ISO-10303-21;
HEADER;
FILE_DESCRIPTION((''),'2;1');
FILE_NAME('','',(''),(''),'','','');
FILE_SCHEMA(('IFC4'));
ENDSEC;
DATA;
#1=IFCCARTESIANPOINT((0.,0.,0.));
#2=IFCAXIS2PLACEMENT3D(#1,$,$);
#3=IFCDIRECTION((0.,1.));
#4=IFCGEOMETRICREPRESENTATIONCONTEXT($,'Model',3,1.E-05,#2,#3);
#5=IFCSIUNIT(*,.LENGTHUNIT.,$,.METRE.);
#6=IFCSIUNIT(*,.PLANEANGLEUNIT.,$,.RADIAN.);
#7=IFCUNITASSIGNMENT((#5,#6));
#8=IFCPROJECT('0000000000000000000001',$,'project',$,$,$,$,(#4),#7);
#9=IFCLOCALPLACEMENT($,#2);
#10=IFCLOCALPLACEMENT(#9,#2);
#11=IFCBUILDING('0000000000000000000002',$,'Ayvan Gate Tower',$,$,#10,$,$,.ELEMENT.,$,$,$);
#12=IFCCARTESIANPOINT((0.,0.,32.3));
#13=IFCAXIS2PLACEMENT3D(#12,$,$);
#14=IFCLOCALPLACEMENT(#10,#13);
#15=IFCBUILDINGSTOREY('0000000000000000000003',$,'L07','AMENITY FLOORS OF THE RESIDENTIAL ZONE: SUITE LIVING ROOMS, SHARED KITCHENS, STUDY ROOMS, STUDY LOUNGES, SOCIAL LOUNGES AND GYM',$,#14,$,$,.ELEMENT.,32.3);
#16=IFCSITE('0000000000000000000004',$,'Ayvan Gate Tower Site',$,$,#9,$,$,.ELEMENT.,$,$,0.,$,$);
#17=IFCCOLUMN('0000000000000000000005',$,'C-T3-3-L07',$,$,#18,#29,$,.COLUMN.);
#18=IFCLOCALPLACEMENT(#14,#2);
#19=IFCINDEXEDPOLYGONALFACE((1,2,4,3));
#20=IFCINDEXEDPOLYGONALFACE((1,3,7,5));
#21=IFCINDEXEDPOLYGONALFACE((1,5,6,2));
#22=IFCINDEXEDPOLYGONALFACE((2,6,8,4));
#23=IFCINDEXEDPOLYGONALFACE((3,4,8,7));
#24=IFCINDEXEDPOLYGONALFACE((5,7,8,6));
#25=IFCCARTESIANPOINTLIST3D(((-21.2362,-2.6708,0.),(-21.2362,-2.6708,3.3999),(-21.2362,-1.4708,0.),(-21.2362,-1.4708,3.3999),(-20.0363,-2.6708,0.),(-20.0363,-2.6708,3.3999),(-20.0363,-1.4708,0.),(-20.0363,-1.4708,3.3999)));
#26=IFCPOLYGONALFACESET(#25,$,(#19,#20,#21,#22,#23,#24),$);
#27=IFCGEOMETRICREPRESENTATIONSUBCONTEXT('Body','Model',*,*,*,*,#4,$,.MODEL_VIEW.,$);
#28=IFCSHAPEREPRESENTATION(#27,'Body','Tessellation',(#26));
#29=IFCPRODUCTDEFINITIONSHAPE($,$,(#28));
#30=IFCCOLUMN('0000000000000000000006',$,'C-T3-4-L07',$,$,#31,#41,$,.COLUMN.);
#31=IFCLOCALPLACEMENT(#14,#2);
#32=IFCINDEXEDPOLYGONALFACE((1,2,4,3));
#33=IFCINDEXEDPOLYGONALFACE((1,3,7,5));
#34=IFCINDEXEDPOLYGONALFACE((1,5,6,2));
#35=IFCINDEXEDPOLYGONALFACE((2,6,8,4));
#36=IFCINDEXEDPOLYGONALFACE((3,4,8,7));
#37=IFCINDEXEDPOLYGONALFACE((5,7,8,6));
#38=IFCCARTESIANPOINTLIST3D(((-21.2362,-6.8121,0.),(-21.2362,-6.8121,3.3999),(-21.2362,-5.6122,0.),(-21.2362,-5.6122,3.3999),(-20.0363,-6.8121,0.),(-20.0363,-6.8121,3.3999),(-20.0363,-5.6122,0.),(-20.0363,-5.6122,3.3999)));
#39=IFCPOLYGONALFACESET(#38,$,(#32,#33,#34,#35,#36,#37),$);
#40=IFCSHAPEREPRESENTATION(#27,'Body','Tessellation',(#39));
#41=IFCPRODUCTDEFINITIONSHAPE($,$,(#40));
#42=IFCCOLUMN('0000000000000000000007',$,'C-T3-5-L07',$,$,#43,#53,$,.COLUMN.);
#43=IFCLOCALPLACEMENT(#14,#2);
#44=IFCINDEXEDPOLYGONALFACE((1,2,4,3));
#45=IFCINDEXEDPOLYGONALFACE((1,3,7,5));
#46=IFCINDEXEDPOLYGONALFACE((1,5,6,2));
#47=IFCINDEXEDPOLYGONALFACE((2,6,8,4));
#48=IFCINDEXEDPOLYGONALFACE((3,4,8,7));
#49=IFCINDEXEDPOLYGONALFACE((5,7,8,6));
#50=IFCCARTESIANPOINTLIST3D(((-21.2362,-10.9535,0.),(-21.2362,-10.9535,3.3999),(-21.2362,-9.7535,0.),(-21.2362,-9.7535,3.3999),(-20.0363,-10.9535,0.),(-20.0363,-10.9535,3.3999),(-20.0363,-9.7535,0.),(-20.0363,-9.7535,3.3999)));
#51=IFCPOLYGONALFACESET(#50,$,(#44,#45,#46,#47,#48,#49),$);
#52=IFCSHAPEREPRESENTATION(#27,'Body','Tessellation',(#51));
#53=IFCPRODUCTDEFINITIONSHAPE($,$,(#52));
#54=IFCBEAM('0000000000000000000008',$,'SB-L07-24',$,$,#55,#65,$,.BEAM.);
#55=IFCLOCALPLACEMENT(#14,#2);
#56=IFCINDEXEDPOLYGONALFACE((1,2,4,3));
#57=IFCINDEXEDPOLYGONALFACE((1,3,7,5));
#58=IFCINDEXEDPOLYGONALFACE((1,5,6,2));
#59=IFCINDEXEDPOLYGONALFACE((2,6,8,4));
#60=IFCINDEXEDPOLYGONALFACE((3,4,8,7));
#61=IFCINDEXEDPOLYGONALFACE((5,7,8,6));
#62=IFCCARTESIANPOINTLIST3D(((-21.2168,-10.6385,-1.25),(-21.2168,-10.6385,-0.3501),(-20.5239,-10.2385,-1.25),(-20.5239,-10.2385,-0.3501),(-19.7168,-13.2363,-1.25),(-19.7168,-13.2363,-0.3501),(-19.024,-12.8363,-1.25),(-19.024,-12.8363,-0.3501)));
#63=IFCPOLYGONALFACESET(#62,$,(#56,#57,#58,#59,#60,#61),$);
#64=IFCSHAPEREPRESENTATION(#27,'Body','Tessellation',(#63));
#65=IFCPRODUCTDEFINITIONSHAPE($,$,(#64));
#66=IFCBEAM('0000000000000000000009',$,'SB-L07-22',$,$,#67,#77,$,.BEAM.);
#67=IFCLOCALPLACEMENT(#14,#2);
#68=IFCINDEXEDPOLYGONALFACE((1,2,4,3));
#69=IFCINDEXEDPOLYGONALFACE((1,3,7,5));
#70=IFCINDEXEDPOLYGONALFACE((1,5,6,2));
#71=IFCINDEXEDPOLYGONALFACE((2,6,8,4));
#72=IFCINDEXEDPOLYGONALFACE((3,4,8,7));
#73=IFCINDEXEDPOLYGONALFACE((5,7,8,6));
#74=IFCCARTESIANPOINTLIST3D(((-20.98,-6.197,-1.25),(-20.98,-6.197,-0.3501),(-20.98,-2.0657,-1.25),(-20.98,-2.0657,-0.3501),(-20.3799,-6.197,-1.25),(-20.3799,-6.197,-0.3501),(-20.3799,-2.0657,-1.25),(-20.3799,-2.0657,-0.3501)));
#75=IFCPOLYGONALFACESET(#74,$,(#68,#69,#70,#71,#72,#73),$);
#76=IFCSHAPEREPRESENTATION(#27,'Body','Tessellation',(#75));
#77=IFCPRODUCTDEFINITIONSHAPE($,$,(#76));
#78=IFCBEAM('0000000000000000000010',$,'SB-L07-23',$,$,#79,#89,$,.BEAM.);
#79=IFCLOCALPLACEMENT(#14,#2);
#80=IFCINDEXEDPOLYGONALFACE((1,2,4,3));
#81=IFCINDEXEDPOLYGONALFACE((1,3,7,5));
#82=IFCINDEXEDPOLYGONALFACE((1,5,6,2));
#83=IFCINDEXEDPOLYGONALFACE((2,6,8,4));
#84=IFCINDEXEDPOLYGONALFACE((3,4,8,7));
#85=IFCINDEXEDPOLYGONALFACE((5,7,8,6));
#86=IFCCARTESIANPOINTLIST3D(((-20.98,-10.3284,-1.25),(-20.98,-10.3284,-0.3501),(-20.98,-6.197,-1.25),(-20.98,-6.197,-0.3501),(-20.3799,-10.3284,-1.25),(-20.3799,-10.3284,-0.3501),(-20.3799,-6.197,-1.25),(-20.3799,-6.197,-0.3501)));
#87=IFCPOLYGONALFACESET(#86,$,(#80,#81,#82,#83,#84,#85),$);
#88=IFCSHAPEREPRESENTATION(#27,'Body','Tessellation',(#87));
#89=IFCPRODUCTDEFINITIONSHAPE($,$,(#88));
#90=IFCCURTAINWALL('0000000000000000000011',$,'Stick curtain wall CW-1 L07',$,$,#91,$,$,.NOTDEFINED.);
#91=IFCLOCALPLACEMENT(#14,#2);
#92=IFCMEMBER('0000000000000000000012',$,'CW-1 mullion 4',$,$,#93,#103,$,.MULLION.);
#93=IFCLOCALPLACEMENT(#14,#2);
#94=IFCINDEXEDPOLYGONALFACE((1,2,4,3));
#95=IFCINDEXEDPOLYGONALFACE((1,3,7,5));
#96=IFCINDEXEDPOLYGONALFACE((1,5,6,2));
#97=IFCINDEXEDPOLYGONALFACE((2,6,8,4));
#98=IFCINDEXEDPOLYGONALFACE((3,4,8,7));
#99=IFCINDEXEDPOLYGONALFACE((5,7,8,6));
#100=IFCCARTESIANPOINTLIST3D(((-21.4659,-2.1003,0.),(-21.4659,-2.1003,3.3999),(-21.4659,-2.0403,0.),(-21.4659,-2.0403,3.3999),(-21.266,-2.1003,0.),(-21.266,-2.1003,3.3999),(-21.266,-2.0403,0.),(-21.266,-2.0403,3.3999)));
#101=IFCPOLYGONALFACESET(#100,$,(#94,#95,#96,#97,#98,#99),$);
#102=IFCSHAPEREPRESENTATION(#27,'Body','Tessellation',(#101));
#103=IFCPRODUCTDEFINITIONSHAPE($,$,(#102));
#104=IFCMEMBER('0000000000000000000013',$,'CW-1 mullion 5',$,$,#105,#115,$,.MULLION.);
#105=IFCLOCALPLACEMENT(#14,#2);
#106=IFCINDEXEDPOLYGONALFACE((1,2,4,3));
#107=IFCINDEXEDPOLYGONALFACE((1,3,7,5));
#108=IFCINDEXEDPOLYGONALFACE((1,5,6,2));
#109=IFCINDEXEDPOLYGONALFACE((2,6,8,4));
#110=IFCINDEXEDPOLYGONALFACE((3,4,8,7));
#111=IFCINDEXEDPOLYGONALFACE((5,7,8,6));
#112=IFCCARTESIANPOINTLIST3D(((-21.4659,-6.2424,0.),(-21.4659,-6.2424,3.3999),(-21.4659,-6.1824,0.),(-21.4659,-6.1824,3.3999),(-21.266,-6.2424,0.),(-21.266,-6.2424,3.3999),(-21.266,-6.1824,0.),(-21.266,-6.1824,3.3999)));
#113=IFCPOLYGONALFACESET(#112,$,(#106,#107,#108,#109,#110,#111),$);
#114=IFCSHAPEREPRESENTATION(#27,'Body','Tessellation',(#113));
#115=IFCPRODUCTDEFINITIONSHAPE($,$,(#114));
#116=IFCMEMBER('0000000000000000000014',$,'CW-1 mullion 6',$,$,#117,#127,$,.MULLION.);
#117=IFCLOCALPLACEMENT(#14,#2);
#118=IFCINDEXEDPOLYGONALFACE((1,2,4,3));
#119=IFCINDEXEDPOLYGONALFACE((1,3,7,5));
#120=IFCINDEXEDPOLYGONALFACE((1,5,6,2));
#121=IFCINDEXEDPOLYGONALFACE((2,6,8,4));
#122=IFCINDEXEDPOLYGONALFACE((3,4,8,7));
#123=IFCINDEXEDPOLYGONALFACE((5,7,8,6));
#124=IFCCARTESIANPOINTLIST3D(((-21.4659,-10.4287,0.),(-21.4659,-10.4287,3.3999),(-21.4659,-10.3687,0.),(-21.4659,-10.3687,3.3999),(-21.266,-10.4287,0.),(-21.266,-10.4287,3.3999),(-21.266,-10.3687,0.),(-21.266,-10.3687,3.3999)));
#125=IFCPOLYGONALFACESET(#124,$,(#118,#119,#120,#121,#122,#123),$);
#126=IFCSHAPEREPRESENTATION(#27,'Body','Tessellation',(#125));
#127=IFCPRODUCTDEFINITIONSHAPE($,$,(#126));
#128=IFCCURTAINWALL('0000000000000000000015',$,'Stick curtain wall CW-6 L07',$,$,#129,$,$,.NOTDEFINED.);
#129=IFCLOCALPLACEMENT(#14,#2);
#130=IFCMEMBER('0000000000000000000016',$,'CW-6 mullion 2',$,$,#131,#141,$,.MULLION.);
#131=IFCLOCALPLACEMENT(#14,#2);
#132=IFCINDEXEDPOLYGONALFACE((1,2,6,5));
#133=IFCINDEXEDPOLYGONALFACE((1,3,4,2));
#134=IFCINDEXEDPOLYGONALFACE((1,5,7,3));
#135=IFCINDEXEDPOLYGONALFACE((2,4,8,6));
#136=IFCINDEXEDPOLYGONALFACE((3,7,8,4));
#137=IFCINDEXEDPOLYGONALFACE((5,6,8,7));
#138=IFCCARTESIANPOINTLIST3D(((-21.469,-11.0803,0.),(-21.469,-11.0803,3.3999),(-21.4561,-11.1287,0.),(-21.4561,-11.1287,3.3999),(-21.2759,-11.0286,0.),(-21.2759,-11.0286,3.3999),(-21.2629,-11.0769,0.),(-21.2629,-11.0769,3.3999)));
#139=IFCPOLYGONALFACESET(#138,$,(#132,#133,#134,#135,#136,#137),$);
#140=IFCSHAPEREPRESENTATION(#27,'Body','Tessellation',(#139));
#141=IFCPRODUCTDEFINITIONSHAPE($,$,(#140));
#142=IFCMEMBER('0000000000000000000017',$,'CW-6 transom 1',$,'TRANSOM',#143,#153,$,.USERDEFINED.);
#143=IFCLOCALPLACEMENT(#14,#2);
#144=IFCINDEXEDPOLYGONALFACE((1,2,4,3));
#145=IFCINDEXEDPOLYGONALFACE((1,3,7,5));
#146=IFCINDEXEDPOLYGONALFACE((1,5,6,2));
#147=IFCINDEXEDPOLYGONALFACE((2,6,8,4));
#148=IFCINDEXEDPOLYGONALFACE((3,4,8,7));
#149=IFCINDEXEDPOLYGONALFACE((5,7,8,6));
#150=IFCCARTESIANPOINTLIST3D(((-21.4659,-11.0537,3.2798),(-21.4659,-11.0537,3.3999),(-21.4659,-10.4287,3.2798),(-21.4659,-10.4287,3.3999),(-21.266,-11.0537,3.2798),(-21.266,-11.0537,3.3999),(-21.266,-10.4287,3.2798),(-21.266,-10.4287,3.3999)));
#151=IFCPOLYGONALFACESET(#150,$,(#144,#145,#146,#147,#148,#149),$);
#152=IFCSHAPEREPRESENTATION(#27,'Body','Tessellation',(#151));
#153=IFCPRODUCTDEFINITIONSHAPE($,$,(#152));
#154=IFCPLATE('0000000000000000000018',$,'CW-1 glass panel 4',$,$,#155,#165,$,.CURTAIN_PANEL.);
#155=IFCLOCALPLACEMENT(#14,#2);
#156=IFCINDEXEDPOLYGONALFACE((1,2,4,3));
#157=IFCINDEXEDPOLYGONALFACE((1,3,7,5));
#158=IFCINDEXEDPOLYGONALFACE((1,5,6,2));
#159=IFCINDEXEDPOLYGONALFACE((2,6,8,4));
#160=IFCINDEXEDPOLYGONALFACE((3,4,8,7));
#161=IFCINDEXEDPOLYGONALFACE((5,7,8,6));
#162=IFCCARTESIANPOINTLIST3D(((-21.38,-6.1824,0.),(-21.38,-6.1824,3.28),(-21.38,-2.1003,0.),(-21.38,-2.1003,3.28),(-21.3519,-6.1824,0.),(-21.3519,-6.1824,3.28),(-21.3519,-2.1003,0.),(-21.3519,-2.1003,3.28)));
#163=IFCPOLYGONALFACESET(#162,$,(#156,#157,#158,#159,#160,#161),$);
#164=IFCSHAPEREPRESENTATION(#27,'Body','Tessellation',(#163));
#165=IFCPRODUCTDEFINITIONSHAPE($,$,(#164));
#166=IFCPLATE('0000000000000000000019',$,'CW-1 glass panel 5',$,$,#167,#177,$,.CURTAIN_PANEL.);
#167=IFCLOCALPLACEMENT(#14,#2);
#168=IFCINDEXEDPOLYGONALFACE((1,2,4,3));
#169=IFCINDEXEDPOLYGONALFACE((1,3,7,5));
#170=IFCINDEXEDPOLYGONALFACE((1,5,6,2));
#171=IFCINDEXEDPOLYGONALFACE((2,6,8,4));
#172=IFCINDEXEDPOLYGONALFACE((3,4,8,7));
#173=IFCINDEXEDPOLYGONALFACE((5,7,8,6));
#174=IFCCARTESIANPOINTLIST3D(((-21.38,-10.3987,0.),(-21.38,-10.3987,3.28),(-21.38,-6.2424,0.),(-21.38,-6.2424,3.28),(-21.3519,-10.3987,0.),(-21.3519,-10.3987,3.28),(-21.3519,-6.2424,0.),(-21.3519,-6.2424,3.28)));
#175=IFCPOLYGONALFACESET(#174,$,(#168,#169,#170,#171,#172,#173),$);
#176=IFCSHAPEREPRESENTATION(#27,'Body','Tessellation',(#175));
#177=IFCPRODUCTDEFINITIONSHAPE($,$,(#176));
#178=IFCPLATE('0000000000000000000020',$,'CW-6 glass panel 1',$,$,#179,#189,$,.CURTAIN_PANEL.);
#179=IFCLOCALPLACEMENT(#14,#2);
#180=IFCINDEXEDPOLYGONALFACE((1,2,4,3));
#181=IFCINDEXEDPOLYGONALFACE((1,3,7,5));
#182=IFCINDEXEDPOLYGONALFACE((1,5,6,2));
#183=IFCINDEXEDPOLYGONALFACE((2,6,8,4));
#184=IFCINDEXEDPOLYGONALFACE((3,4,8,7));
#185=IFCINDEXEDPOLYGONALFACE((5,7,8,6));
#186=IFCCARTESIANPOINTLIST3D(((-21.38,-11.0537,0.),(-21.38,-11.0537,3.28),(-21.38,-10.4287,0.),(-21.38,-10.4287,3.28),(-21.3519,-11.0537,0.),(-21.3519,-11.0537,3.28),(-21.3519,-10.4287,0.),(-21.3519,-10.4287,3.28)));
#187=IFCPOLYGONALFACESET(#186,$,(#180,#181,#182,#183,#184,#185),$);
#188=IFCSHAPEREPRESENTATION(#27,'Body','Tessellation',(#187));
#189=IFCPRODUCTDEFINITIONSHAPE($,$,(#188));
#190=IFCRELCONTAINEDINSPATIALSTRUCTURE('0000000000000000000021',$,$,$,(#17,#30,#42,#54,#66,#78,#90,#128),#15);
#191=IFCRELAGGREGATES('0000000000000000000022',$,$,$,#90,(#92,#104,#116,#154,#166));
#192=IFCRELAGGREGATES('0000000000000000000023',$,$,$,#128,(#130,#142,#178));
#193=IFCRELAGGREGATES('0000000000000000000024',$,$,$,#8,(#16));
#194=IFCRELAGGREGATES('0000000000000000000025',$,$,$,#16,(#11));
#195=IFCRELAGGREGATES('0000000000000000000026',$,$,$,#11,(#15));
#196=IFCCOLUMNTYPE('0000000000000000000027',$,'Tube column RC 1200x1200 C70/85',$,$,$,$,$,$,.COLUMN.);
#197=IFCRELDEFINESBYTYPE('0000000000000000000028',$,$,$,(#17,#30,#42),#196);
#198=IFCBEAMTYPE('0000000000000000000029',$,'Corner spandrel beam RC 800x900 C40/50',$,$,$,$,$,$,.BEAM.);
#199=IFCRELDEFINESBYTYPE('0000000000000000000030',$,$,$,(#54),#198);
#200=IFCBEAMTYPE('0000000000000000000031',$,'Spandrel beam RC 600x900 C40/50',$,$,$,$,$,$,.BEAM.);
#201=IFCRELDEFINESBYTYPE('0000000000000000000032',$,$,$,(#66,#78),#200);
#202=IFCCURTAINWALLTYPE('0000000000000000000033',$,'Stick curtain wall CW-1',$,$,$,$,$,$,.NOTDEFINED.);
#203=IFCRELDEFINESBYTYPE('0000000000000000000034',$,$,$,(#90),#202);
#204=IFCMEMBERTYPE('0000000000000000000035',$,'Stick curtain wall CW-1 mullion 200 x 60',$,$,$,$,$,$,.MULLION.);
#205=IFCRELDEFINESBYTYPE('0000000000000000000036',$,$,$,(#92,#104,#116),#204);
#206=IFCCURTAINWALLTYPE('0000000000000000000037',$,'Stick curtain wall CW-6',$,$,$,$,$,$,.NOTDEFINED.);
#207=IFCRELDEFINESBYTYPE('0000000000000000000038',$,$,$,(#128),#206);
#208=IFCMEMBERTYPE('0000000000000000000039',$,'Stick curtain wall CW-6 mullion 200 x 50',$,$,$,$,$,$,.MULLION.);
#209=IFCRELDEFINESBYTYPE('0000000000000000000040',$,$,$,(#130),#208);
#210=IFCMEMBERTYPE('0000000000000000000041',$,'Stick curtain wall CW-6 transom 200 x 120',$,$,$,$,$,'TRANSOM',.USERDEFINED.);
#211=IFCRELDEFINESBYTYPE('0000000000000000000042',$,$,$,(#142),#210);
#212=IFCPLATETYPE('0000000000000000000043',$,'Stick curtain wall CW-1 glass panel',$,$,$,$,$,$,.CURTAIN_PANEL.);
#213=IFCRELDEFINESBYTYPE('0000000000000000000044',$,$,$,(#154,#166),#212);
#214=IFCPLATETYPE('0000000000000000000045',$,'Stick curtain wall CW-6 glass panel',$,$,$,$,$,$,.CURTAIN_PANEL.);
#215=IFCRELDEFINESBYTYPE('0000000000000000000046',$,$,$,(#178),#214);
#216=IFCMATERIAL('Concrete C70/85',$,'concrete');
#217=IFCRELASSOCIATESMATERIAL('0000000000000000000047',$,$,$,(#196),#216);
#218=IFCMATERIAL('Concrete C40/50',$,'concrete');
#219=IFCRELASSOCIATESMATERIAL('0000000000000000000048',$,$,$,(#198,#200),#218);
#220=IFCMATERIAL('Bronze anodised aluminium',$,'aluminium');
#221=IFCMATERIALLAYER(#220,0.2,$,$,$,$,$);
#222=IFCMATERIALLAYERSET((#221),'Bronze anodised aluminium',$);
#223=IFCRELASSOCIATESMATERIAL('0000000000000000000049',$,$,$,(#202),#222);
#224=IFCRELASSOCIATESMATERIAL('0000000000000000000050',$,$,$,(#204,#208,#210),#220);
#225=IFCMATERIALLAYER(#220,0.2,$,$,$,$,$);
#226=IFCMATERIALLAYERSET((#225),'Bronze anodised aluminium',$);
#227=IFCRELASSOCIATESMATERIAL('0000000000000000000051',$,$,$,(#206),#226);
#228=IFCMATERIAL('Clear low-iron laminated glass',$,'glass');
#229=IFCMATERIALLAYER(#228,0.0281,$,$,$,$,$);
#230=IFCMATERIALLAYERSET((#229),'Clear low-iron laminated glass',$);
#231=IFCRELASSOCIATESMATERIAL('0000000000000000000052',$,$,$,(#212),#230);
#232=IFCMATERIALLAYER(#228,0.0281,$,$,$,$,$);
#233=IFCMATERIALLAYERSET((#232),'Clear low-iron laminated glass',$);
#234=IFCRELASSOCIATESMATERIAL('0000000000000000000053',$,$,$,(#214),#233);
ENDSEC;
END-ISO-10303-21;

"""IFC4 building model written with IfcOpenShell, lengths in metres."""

from ifc_helpers import new_model, si_unit, direction, frame, origin, origin_2d, place, context, subcontext, project, spatial, rectangle, extrude, material, layer, layer_set, material_profile, profile_set, type_object, element, aggregate, save


model = new_model("IFC4")

# Units and contexts
model_context = context("Model", 3, precision=1e-05, world=origin(), true_north=direction((0.0, 1.0)))
body_context = subcontext(model_context, "Body", "Model", "MODEL_VIEW")
ifc_project = project(units=[si_unit("LENGTHUNIT", "METRE"), si_unit("PLANEANGLEUNIT", "RADIAN")], contexts=[model_context])

# Site, building, storey
site_placement = place(None, origin())
site = spatial("IfcSite", under=ifc_project, at=site_placement, Name="Ayvan Gate Tower Site", CompositionType="ELEMENT", RefElevation=0.0)
building_placement = place(site_placement, origin())
building = spatial("IfcBuilding", under=site, at=building_placement, Name="Ayvan Gate Tower", CompositionType="ELEMENT")
storey_placement = place(building_placement, frame((0.0, 0.0, 32.3)))
storey = spatial("IfcBuildingStorey", under=building, at=storey_placement, Name="L07", Description="AMENITY FLOORS OF THE RESIDENTIAL ZONE: SUITE LIVING ROOMS, SHARED KITCHENS, STUDY ROOMS, STUDY LOUNGES, SOCIAL LOUNGES AND GYM", CompositionType="ELEMENT", Elevation=32.3)

# Columns
ifc_material_1 = material(Name="Concrete C70/85", Category="concrete")
ifc_material_profile_1 = material_profile(ifc_material_1, rectangle(XDim=1.2, YDim=1.2, at=origin_2d()), Name="RC 1200x1200")
ifc_profile_set_1 = profile_set([ifc_material_profile_1], Name="Concrete C70/85")
column_type = type_object("IfcColumnType", Name="Tube column RC 1200x1200 C70/85", PredefinedType="COLUMN", material=ifc_profile_set_1)
for number, where, z_axis, x_axis, name in (
    (1, (-20.6362, -2.0708, 0.0), (0.0, 0.0, 1.0), (-1.0, 0.0, 0.0), "C-T3-3-L07"),
    (2, (-20.6362, -6.2122, 0.0), (0.0, 0.0, 1.0), (-1.0, 0.0, 0.0), "C-T3-4-L07"),
    (3, (-20.6362, -10.3535, 0.0), (0.0, 0.0, 1.0), (-1.0, 0.0, 0.0), "C-T3-5-L07"),
):
    element("IfcColumn", number, at=place(storey_placement, frame(where, z_axis=z_axis, x_axis=x_axis)), inside=storey, type_object=column_type, Name=name, PredefinedType="COLUMN", context=body_context, shape_type="SweptSolid", body=[
        extrude(rectangle(XDim=1.2, YDim=1.2, at=origin_2d()), origin(), (0.0, 0.0, 1.0), 3.3999),
    ])

# Beams
ifc_material_2 = material(Name="Concrete C40/50", Category="concrete")
ifc_material_profile_2 = material_profile(ifc_material_2, rectangle(XDim=0.8, YDim=0.8999, at=origin_2d()), Name="RC 800x900")
ifc_profile_set_2 = profile_set([ifc_material_profile_2], Name="Concrete C40/50")
beam_type_1 = type_object("IfcBeamType", Name="Corner spandrel beam RC 800x900 C40/50", PredefinedType="BEAM", material=ifc_profile_set_2)
beam_placement = place(storey_placement, frame((-20.8704, -10.4385, -0.8), z_axis=(0.500025, -0.866011, 0.0), x_axis=(0.866011, 0.500025, 0.0)))
element("IfcBeam", 4, at=beam_placement, inside=storey, type_object=beam_type_1, Name="SB-L07-24", PredefinedType="BEAM", context=body_context, shape_type="SweptSolid", body=[
    extrude(rectangle(XDim=0.8, YDim=0.8999, at=origin_2d()), origin(), (0.0, 0.0, 1.0), 2.9998),
])
ifc_material_profile_3 = material_profile(ifc_material_2, rectangle(XDim=0.6001, YDim=0.8999, at=origin_2d()), Name="RC 600x900")
ifc_profile_set_3 = profile_set([ifc_material_profile_3], Name="Concrete C40/50")
beam_type_2 = type_object("IfcBeamType", Name="Spandrel beam RC 600x900 C40/50", PredefinedType="BEAM", material=ifc_profile_set_3)
for number, where, z_axis, x_axis, name in (
    (5, (-20.6799, -2.0657, -0.8), (0.0, -1.0, 0.0), (1.0, 0.0, 0.0), "SB-L07-22"),
    (6, (-20.6799, -6.197, -0.8), (0.0, -1.0, 0.0), (1.0, 0.0, 0.0), "SB-L07-23"),
):
    element("IfcBeam", number, at=place(storey_placement, frame(where, z_axis=z_axis, x_axis=x_axis)), inside=storey, type_object=beam_type_2, Name=name, PredefinedType="BEAM", context=body_context, shape_type="SweptSolid", body=[
        extrude(rectangle(XDim=0.6001, YDim=0.8999, at=origin_2d()), origin(), (0.0, 0.0, 1.0), 4.1313),
    ])

# Curtain walls, members
ifc_material_3 = material(Name="Bronze anodised aluminium", Category="aluminium")
ifc_layer_1 = layer(ifc_material_3, 0.2)
ifc_layer_set_1 = layer_set([ifc_layer_1], Name="Bronze anodised aluminium")
curtain_wall_type_1 = type_object("IfcCurtainWallType", Name="Stick curtain wall CW-1", PredefinedType="NOTDEFINED", material=ifc_layer_set_1)
curtain_wall_1_placement = place(storey_placement, origin())
curtain_wall_1 = element("IfcCurtainWall", 7, at=curtain_wall_1_placement, inside=storey, type_object=curtain_wall_type_1, Name="Stick curtain wall CW-1 L07", PredefinedType="NOTDEFINED")
ifc_material_profile_4 = material_profile(ifc_material_3, rectangle(XDim=0.2, YDim=0.0601, at=origin_2d()), Name="Stick curtain wall CW-1 mullion 200 x 60")
ifc_profile_set_4 = profile_set([ifc_material_profile_4], Name="Bronze anodised aluminium")
member_type_1 = type_object("IfcMemberType", Name="Stick curtain wall CW-1 mullion 200 x 60", PredefinedType="MULLION", material=ifc_profile_set_4)
member_1_placement = place(storey_placement, frame((-21.366, -2.0703, 0.0), z_axis=(0.0, 0.0, 1.0), x_axis=(-1.0, 0.0, 0.0)))
member_1 = element("IfcMember", 8, at=member_1_placement, type_object=member_type_1, Name="CW-1 mullion 4", PredefinedType="MULLION", context=body_context, shape_type="SweptSolid", body=[
    extrude(rectangle(XDim=0.2, YDim=0.0601, at=origin_2d()), origin(), (0.0, 0.0, 1.0), 3.3999),
])
member_2_placement = place(storey_placement, frame((-21.366, -6.2124, 0.0), z_axis=(0.0, 0.0, 1.0), x_axis=(-1.0, 0.0, 0.0)))
member_2 = element("IfcMember", 9, at=member_2_placement, type_object=member_type_1, Name="CW-1 mullion 5", PredefinedType="MULLION", context=body_context, shape_type="SweptSolid", body=[
    extrude(rectangle(XDim=0.2, YDim=0.0601, at=origin_2d()), origin(), (0.0, 0.0, 1.0), 3.3999),
])
member_3_placement = place(storey_placement, frame((-21.366, -10.3987, 0.0), z_axis=(0.0, 0.0, 1.0), x_axis=(-1.0, 0.0, 0.0)))
member_3 = element("IfcMember", 10, at=member_3_placement, type_object=member_type_1, Name="CW-1 mullion 6", PredefinedType="MULLION", context=body_context, shape_type="SweptSolid", body=[
    extrude(rectangle(XDim=0.2, YDim=0.0601, at=origin_2d()), origin(), (0.0, 0.0, 1.0), 3.3999),
])
ifc_layer_2 = layer(ifc_material_3, 0.2)
ifc_layer_set_2 = layer_set([ifc_layer_2], Name="Bronze anodised aluminium")
curtain_wall_type_2 = type_object("IfcCurtainWallType", Name="Stick curtain wall CW-6", PredefinedType="NOTDEFINED", material=ifc_layer_set_2)
curtain_wall_2_placement = place(storey_placement, origin())
curtain_wall_2 = element("IfcCurtainWall", 11, at=curtain_wall_2_placement, inside=storey, type_object=curtain_wall_type_2, Name="Stick curtain wall CW-6 L07", PredefinedType="NOTDEFINED")
ifc_material_profile_5 = material_profile(ifc_material_3, rectangle(XDim=0.2, YDim=0.05, at=origin_2d()), Name="Stick curtain wall CW-6 mullion 200 x 50")
ifc_profile_set_5 = profile_set([ifc_material_profile_5], Name="Bronze anodised aluminium")
member_type_2 = type_object("IfcMemberType", Name="Stick curtain wall CW-6 mullion 200 x 50", PredefinedType="MULLION", material=ifc_profile_set_5)
member_4_placement = place(storey_placement, frame((-21.366, -11.0786, 0.0), z_axis=(0.0, 0.0, 1.0), x_axis=(-0.965926, -0.258819, 0.0)))
member_4 = element("IfcMember", 12, at=member_4_placement, type_object=member_type_2, Name="CW-6 mullion 2", PredefinedType="MULLION", context=body_context, shape_type="SweptSolid", body=[
    extrude(rectangle(XDim=0.2, YDim=0.05, at=origin_2d()), origin(), (0.0, 0.0, 1.0), 3.3999),
])
ifc_material_profile_6 = material_profile(ifc_material_3, rectangle(XDim=0.2, YDim=0.1201, at=origin_2d()), Name="Stick curtain wall CW-6 transom 200 x 120")
ifc_profile_set_6 = profile_set([ifc_material_profile_6], Name="Bronze anodised aluminium")
member_type_3 = type_object("IfcMemberType", Name="Stick curtain wall CW-6 transom 200 x 120", ElementType="TRANSOM", PredefinedType="USERDEFINED", material=ifc_profile_set_6)
member_5_placement = place(storey_placement, frame((-21.366, -10.4287, 3.3398), z_axis=(0.0, -1.0, 0.0), x_axis=(1.0, 0.0, 0.0)))
member_5 = element("IfcMember", 13, at=member_5_placement, type_object=member_type_3, Name="CW-6 transom 1", ObjectType="TRANSOM", PredefinedType="USERDEFINED", context=body_context, shape_type="SweptSolid", body=[
    extrude(rectangle(XDim=0.2, YDim=0.1201, at=origin_2d()), origin(), (0.0, 0.0, 1.0), 0.625),
])

# Plates
ifc_material_4 = material(Name="Clear low-iron laminated glass", Category="glass")
ifc_layer_3 = layer(ifc_material_4, 0.0281)
ifc_layer_set_3 = layer_set([ifc_layer_3], Name="Clear low-iron laminated glass")
plate_type_1 = type_object("IfcPlateType", Name="Stick curtain wall CW-1 glass panel", PredefinedType="CURTAIN_PANEL", material=ifc_layer_set_3)
plate_1_placement = place(storey_placement, frame((-21.366, -4.1414, 0.0), z_axis=(0.0, 0.0, 1.0), x_axis=(0.0, -1.0, 0.0)))
plate_1 = element("IfcPlate", 14, at=plate_1_placement, type_object=plate_type_1, Name="CW-1 glass panel 4", PredefinedType="CURTAIN_PANEL", context=body_context, shape_type="SweptSolid", body=[
    extrude(rectangle(XDim=4.082, YDim=0.0281, at=origin_2d()), origin(), (0.0, 0.0, 1.0), 3.28),
])
plate_2_placement = place(storey_placement, frame((-21.366, -8.3206, 0.0), z_axis=(0.0, 0.0, 1.0), x_axis=(0.0, -1.0, 0.0)))
plate_2 = element("IfcPlate", 15, at=plate_2_placement, type_object=plate_type_1, Name="CW-1 glass panel 5", PredefinedType="CURTAIN_PANEL", context=body_context, shape_type="SweptSolid", body=[
    extrude(rectangle(XDim=4.1562, YDim=0.0281, at=origin_2d()), origin(), (0.0, 0.0, 1.0), 3.28),
])
aggregate(curtain_wall_1, [member_1, member_2, member_3, plate_1, plate_2])
ifc_layer_4 = layer(ifc_material_4, 0.0281)
ifc_layer_set_4 = layer_set([ifc_layer_4], Name="Clear low-iron laminated glass")
plate_type_2 = type_object("IfcPlateType", Name="Stick curtain wall CW-6 glass panel", PredefinedType="CURTAIN_PANEL", material=ifc_layer_set_4)
plate_3_placement = place(storey_placement, frame((-21.366, -10.7412, 0.0), z_axis=(0.0, 0.0, 1.0), x_axis=(0.0, -1.0, 0.0)))
plate_3 = element("IfcPlate", 16, at=plate_3_placement, type_object=plate_type_2, Name="CW-6 glass panel 1", PredefinedType="CURTAIN_PANEL", context=body_context, shape_type="SweptSolid", body=[
    extrude(rectangle(XDim=0.625, YDim=0.0281, at=origin_2d()), origin(), (0.0, 0.0, 1.0), 3.28),
])
aggregate(curtain_wall_2, [member_4, member_5, plate_3])

save(model, "model.ifc")
